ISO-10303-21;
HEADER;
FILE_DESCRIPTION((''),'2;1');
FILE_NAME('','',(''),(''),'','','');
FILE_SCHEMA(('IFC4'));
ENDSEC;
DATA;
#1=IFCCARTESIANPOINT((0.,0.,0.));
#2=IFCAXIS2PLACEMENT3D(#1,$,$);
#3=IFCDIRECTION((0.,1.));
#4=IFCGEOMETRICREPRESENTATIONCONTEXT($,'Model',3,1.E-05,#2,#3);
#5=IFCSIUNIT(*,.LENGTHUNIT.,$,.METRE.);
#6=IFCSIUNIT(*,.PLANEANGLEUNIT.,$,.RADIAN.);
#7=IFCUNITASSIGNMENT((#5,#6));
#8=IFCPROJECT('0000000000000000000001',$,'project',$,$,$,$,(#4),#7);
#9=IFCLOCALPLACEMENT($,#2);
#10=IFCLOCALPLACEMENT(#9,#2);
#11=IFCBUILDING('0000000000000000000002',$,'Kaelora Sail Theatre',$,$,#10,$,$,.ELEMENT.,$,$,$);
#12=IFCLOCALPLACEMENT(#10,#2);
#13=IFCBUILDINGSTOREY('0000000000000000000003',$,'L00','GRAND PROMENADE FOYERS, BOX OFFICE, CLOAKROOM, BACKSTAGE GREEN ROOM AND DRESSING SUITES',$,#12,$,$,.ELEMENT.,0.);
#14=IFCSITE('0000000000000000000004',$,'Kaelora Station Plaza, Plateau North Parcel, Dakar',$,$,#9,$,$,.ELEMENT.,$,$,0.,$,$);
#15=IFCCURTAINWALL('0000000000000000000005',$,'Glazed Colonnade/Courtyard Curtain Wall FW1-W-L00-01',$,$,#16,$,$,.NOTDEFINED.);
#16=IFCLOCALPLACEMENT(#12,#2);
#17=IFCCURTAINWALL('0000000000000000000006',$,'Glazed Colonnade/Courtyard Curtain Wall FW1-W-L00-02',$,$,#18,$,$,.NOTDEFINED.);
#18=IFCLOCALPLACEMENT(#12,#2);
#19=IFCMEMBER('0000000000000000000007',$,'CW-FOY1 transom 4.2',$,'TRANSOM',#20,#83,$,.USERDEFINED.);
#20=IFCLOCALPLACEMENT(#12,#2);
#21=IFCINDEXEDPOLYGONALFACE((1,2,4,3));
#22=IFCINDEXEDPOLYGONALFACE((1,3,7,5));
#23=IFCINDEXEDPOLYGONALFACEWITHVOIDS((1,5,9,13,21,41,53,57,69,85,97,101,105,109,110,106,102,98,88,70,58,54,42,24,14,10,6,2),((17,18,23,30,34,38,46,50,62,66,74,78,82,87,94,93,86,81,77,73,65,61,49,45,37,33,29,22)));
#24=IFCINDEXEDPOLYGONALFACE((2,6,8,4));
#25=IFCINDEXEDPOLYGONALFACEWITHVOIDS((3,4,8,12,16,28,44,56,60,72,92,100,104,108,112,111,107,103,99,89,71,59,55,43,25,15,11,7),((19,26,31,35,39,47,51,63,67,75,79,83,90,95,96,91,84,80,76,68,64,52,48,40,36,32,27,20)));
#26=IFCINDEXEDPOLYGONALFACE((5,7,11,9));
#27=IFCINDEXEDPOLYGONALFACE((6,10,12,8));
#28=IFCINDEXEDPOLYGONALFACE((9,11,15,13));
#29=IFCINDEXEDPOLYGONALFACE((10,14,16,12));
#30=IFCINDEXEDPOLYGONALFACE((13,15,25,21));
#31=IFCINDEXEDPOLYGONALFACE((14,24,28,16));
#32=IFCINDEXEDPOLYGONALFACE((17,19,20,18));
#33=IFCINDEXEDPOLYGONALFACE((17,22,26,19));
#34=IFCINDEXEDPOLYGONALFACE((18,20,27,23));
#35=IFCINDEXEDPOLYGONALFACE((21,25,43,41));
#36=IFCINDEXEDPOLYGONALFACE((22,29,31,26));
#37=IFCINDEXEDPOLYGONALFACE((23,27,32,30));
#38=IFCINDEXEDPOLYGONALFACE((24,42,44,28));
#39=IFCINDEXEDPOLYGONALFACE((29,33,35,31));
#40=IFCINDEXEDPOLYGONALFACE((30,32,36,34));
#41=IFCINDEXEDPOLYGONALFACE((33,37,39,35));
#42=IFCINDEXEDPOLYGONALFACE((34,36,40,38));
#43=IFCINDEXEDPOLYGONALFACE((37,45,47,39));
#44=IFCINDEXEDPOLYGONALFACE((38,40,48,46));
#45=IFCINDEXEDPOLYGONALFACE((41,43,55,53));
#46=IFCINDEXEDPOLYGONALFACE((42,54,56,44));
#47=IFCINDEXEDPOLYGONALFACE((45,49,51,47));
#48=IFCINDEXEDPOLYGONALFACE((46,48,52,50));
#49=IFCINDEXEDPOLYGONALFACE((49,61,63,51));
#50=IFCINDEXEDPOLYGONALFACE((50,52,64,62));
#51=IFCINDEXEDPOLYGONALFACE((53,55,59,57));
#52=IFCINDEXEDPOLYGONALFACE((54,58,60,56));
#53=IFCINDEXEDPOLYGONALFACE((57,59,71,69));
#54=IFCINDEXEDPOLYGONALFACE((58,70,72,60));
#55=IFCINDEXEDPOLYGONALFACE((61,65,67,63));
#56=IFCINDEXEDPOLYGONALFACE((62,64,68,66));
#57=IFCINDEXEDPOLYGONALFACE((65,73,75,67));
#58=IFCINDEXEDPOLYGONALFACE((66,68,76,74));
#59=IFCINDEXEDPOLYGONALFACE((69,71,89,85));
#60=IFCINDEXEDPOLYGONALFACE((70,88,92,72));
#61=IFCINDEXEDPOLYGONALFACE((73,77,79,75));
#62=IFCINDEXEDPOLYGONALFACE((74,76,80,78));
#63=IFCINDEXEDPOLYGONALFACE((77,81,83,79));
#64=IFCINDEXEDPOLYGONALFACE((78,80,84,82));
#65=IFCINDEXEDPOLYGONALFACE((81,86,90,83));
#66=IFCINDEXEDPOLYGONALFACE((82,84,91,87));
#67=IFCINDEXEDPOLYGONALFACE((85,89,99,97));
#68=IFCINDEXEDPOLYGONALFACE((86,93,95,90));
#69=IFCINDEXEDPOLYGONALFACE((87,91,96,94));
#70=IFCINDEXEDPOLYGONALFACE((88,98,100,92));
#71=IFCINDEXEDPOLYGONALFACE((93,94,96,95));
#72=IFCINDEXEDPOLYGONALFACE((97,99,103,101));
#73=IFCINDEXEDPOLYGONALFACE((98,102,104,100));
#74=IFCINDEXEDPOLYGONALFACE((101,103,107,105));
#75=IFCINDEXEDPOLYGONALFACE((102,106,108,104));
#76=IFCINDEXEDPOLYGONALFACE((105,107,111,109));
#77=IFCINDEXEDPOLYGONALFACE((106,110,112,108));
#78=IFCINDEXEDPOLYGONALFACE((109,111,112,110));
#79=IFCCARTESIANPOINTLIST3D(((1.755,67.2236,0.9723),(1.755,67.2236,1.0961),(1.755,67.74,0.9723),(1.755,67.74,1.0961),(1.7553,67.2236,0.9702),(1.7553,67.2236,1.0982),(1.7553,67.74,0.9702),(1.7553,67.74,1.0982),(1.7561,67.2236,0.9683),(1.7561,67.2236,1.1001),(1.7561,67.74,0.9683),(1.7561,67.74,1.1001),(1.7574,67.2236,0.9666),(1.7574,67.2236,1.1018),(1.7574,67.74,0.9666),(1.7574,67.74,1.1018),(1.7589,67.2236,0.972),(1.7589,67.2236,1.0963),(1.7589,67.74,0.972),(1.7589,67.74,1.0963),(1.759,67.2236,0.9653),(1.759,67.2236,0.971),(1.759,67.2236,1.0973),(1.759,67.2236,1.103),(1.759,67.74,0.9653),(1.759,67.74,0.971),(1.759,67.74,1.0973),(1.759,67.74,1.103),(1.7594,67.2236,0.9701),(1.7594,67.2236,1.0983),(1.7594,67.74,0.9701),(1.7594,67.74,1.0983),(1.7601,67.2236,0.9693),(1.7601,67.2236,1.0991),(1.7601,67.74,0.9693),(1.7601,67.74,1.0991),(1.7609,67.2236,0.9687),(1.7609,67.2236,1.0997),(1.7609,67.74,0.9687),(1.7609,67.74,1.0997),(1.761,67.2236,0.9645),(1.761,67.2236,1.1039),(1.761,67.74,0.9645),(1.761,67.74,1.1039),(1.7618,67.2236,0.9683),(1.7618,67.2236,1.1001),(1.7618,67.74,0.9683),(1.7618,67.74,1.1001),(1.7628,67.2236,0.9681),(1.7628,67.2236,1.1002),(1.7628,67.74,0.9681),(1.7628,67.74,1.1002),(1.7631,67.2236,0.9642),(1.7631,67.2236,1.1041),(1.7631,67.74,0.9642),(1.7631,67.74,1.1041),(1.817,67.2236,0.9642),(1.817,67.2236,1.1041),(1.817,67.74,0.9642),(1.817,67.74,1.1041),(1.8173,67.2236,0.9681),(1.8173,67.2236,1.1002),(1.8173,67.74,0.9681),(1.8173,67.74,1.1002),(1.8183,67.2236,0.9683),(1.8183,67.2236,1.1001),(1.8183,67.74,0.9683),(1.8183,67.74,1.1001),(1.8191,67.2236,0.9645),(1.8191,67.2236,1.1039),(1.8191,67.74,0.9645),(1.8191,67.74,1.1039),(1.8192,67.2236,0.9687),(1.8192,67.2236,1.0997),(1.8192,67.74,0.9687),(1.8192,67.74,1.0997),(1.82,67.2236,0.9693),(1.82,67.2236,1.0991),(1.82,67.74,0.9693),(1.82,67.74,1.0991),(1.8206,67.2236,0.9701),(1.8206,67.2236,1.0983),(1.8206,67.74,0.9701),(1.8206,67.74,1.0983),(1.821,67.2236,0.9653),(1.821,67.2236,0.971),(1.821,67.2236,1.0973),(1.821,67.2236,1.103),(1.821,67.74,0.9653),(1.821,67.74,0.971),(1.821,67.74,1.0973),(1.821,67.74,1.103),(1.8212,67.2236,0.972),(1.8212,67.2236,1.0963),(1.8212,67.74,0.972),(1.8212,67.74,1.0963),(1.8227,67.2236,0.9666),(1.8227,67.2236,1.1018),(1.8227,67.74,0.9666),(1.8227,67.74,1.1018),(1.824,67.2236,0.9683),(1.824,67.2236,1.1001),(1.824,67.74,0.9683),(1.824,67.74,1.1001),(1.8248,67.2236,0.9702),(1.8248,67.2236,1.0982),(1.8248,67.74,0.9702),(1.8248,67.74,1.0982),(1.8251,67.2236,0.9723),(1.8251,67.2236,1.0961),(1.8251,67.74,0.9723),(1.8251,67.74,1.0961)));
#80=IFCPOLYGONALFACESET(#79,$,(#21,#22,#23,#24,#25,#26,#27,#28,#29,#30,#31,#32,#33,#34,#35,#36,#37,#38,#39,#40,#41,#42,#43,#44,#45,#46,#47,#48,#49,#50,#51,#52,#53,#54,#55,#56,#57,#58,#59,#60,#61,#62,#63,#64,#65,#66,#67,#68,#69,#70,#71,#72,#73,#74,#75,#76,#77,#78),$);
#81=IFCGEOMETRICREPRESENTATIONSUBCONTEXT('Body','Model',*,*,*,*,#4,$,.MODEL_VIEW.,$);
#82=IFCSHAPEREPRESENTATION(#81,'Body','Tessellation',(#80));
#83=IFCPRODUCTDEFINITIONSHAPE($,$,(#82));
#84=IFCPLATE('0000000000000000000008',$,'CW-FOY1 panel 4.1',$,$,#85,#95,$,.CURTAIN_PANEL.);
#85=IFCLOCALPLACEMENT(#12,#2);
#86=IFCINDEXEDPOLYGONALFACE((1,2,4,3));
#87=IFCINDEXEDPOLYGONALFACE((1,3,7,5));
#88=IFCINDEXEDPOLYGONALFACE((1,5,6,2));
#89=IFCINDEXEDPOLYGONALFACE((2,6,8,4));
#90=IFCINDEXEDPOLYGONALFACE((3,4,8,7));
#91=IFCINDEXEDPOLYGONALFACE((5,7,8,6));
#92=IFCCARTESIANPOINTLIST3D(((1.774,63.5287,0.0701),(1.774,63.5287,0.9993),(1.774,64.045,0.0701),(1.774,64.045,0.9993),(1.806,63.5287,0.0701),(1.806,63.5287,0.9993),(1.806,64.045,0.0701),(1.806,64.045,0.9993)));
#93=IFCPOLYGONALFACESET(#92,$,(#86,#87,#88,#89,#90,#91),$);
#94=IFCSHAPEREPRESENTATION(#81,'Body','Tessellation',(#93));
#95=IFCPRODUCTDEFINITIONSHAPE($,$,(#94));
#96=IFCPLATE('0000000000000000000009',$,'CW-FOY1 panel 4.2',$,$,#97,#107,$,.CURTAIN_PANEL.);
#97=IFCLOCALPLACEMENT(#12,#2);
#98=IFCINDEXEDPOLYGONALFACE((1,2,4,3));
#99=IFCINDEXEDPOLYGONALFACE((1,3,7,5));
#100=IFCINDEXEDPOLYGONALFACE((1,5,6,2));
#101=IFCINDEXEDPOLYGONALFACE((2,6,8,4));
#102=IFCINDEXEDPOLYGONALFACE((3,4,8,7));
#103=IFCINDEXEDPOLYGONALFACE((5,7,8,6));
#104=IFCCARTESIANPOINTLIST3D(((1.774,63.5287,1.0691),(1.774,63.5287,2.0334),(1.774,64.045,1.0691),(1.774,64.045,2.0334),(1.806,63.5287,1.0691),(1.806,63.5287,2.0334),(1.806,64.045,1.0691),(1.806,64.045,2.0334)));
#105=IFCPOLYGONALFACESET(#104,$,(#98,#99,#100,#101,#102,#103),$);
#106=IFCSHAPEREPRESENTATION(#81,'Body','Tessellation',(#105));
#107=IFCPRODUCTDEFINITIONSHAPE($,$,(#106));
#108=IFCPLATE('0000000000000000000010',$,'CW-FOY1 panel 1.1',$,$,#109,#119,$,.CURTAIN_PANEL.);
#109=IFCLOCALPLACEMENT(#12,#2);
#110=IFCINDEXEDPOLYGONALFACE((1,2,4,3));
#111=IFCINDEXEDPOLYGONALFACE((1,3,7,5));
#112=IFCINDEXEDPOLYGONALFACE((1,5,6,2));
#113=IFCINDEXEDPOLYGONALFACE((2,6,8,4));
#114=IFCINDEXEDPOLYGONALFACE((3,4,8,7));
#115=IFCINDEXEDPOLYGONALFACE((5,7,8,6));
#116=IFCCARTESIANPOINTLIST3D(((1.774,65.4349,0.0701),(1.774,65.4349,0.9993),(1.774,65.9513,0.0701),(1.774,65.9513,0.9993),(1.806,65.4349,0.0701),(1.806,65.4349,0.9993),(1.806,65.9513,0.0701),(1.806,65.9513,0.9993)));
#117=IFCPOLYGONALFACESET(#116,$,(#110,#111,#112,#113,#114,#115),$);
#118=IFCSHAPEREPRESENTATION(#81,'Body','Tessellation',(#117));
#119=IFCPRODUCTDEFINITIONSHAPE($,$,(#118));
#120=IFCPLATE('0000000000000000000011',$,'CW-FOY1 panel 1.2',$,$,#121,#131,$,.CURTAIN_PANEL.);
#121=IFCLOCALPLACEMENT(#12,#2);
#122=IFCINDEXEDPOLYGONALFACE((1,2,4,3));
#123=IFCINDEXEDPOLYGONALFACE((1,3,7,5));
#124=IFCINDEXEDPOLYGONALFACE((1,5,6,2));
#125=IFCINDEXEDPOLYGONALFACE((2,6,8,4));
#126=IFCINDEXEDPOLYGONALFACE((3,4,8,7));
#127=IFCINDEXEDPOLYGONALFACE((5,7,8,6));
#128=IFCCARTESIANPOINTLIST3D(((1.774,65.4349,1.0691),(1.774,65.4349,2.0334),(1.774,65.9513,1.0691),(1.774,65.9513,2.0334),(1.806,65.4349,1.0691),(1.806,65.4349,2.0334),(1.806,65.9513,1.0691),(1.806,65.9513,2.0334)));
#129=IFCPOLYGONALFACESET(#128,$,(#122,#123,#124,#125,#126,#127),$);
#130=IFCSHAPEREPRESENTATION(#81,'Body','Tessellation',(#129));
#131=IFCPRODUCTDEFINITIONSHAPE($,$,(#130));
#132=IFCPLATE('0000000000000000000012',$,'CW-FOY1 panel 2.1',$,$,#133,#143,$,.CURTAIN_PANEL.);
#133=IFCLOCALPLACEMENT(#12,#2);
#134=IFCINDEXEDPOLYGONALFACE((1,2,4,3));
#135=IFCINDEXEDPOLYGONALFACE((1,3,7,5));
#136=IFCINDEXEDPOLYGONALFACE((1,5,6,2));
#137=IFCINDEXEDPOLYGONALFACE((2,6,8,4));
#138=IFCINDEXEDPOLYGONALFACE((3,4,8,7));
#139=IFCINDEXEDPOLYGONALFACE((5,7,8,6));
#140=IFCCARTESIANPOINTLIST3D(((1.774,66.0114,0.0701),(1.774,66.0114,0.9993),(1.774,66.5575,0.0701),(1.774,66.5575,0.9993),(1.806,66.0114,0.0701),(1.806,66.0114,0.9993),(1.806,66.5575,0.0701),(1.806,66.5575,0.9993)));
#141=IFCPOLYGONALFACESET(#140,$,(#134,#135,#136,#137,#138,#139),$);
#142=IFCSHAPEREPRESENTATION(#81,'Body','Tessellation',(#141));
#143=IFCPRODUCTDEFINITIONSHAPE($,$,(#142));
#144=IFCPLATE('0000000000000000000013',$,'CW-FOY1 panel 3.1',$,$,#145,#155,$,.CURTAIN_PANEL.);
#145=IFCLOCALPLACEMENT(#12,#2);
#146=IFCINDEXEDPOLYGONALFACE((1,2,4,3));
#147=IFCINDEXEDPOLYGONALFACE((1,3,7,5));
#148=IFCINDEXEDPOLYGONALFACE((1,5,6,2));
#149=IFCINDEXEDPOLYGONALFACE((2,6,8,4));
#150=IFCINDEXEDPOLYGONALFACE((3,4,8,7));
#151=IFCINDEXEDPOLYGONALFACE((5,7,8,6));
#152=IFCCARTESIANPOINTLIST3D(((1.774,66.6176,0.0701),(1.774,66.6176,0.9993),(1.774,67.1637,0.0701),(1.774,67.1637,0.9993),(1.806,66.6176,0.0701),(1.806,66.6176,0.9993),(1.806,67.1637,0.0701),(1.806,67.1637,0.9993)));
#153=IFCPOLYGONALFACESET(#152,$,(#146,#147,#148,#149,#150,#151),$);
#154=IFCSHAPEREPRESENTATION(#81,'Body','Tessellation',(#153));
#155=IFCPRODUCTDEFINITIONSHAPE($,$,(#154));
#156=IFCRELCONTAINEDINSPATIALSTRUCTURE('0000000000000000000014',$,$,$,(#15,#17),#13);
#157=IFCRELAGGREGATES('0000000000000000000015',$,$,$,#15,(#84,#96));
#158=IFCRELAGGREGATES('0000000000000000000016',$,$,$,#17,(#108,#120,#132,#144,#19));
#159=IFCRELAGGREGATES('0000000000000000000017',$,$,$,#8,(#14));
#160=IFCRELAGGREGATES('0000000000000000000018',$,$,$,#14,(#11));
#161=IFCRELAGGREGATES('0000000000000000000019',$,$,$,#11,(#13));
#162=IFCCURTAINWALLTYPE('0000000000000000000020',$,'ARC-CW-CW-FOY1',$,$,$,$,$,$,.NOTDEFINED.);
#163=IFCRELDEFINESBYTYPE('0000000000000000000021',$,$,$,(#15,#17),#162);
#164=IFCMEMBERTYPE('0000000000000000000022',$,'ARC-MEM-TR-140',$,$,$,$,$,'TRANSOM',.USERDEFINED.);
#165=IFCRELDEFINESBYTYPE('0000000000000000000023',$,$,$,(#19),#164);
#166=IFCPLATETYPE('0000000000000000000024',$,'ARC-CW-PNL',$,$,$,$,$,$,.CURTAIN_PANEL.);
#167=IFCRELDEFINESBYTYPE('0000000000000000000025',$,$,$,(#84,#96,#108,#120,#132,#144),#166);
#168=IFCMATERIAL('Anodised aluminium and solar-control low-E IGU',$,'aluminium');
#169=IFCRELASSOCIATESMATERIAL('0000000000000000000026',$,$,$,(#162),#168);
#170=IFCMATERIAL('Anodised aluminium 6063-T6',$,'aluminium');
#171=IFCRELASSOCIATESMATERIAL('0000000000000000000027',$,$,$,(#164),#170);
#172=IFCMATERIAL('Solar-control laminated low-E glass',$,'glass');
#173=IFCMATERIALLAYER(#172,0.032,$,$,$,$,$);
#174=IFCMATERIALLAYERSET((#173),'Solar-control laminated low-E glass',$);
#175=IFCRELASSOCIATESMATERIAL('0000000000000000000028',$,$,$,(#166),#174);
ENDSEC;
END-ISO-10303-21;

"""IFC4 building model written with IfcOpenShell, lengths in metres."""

from ifc_helpers import new_model, si_unit, direction, frame, origin, origin_2d, place, context, subcontext, project, spatial, rectangle, hollow_rectangle, extrude, material, layer, layer_set, material_profile, profile_set, type_object, element, aggregate, save


model = new_model("IFC4")

# Units and contexts
model_context = context("Model", 3, precision=1e-05, world=origin(), true_north=direction((0.0, 1.0)))
body_context = subcontext(model_context, "Body", "Model", "MODEL_VIEW")
ifc_project = project(units=[si_unit("LENGTHUNIT", "METRE"), si_unit("PLANEANGLEUNIT", "RADIAN")], contexts=[model_context])

# Site, building, storey
site_placement = place(None, origin())
site = spatial("IfcSite", under=ifc_project, at=site_placement, Name="Kaelora Station Plaza, Plateau North Parcel, Dakar", CompositionType="ELEMENT", RefElevation=0.0)
building_placement = place(site_placement, origin())
building = spatial("IfcBuilding", under=site, at=building_placement, Name="Kaelora Sail Theatre", CompositionType="ELEMENT")
storey_placement = place(building_placement, origin())
storey = spatial("IfcBuildingStorey", under=building, at=storey_placement, Name="L00", Description="GRAND PROMENADE FOYERS, BOX OFFICE, CLOAKROOM, BACKSTAGE GREEN ROOM AND DRESSING SUITES", CompositionType="ELEMENT", Elevation=0.0)

# Curtain wall
ifc_material_1 = material(Name="Anodised aluminium and solar-control low-E IGU", Category="aluminium")
curtain_wall_type = type_object("IfcCurtainWallType", Name="ARC-CW-CW-FOY1", PredefinedType="NOTDEFINED", material=ifc_material_1)
curtain_wall_1_placement = place(storey_placement, origin())
curtain_wall_1 = element("IfcCurtainWall", 1, at=curtain_wall_1_placement, inside=storey, type_object=curtain_wall_type, Name="Glazed Colonnade/Courtyard Curtain Wall FW1-W-L00-01", PredefinedType="NOTDEFINED")

# Curtain wall, member
curtain_wall_2_placement = place(storey_placement, origin())
curtain_wall_2 = element("IfcCurtainWall", 2, at=curtain_wall_2_placement, inside=storey, type_object=curtain_wall_type, Name="Glazed Colonnade/Courtyard Curtain Wall FW1-W-L00-02", PredefinedType="NOTDEFINED")
ifc_material_2 = material(Name="Anodised aluminium 6063-T6", Category="aluminium")
ifc_material_profile_1 = material_profile(ifc_material_2, hollow_rectangle(XDim=0.0701, YDim=0.1399, WallThickness=0.0039, InnerFilletRadius=0.0039, OuterFilletRadius=0.0081, at=origin_2d()), Name="ALU-TRAN 70x140x4")
ifc_profile_set_1 = profile_set([ifc_material_profile_1], Name="Anodised aluminium 6063-T6")
member_type_1 = type_object("IfcMemberType", Name="ARC-MEM-TR-140", ElementType="TRANSOM", PredefinedType="USERDEFINED", material=ifc_profile_set_1)
member_1_placement = place(storey_placement, frame((1.79, 67.2236, 1.0342), z_axis=(0.0, 1.0, 0.0), x_axis=(-1.0, 0.0, 0.0)))
member_1 = element("IfcMember", 3, at=member_1_placement, type_object=member_type_1, Name="CW-FOY1 transom 4.2", ObjectType="TRANSOM", PredefinedType="USERDEFINED", context=body_context, shape_type="SweptSolid", body=[
    extrude(hollow_rectangle(XDim=0.0701, YDim=0.1399, WallThickness=0.0039, InnerFilletRadius=0.0039, OuterFilletRadius=0.0081, at=origin_2d()), origin(), (0.0, 0.0, 1.0), 0.5164),
])

# Plates
ifc_material_3 = material(Name="Solar-control laminated low-E glass", Category="glass")
ifc_layer = layer(ifc_material_3, 0.032)
ifc_layer_set = layer_set([ifc_layer], Name="Solar-control laminated low-E glass")
plate_type = type_object("IfcPlateType", Name="ARC-CW-PNL", PredefinedType="CURTAIN_PANEL", material=ifc_layer_set)
plate_1_placement = place(storey_placement, frame((1.79, 63.7869, 0.0701), z_axis=(0.0, 0.0, 1.0), x_axis=(0.0, 1.0, 0.0)))
plate_1 = element("IfcPlate", 4, at=plate_1_placement, type_object=plate_type, Name="CW-FOY1 panel 4.1", PredefinedType="CURTAIN_PANEL", context=body_context, shape_type="SweptSolid", body=[
    extrude(rectangle(XDim=0.5164, YDim=0.032, at=origin_2d()), origin(), (0.0, 0.0, 1.0), 0.9292),
])
plate_2_placement = place(storey_placement, frame((1.79, 63.7869, 1.0691), z_axis=(0.0, 0.0, 1.0), x_axis=(0.0, 1.0, 0.0)))
plate_2 = element("IfcPlate", 5, at=plate_2_placement, type_object=plate_type, Name="CW-FOY1 panel 4.2", PredefinedType="CURTAIN_PANEL", context=body_context, shape_type="SweptSolid", body=[
    extrude(rectangle(XDim=0.5164, YDim=0.032, at=origin_2d()), origin(), (0.0, 0.0, 1.0), 0.9644),
])
aggregate(curtain_wall_1, [plate_1, plate_2])
plate_3_placement = place(storey_placement, frame((1.79, 65.6931, 0.0701), z_axis=(0.0, 0.0, 1.0), x_axis=(0.0, 1.0, 0.0)))
plate_3 = element("IfcPlate", 6, at=plate_3_placement, type_object=plate_type, Name="CW-FOY1 panel 1.1", PredefinedType="CURTAIN_PANEL", context=body_context, shape_type="SweptSolid", body=[
    extrude(rectangle(XDim=0.5164, YDim=0.032, at=origin_2d()), origin(), (0.0, 0.0, 1.0), 0.9292),
])
plate_4_placement = place(storey_placement, frame((1.79, 65.6931, 1.0691), z_axis=(0.0, 0.0, 1.0), x_axis=(0.0, 1.0, 0.0)))
plate_4 = element("IfcPlate", 7, at=plate_4_placement, type_object=plate_type, Name="CW-FOY1 panel 1.2", PredefinedType="CURTAIN_PANEL", context=body_context, shape_type="SweptSolid", body=[
    extrude(rectangle(XDim=0.5164, YDim=0.032, at=origin_2d()), origin(), (0.0, 0.0, 1.0), 0.9644),
])
plate_5_placement = place(storey_placement, frame((1.79, 66.2844, 0.0701), z_axis=(0.0, 0.0, 1.0), x_axis=(0.0, 1.0, 0.0)))
plate_5 = element("IfcPlate", 8, at=plate_5_placement, type_object=plate_type, Name="CW-FOY1 panel 2.1", PredefinedType="CURTAIN_PANEL", context=body_context, shape_type="SweptSolid", body=[
    extrude(rectangle(XDim=0.5461, YDim=0.032, at=origin_2d()), origin(), (0.0, 0.0, 1.0), 0.9292),
])
plate_6_placement = place(storey_placement, frame((1.79, 66.8906, 0.0701), z_axis=(0.0, 0.0, 1.0), x_axis=(0.0, 1.0, 0.0)))
plate_6 = element("IfcPlate", 9, at=plate_6_placement, type_object=plate_type, Name="CW-FOY1 panel 3.1", PredefinedType="CURTAIN_PANEL", context=body_context, shape_type="SweptSolid", body=[
    extrude(rectangle(XDim=0.5461, YDim=0.032, at=origin_2d()), origin(), (0.0, 0.0, 1.0), 0.9292),
])
aggregate(curtain_wall_2, [plate_3, plate_4, plate_5, plate_6, member_1])

save(model, "model.ifc")
